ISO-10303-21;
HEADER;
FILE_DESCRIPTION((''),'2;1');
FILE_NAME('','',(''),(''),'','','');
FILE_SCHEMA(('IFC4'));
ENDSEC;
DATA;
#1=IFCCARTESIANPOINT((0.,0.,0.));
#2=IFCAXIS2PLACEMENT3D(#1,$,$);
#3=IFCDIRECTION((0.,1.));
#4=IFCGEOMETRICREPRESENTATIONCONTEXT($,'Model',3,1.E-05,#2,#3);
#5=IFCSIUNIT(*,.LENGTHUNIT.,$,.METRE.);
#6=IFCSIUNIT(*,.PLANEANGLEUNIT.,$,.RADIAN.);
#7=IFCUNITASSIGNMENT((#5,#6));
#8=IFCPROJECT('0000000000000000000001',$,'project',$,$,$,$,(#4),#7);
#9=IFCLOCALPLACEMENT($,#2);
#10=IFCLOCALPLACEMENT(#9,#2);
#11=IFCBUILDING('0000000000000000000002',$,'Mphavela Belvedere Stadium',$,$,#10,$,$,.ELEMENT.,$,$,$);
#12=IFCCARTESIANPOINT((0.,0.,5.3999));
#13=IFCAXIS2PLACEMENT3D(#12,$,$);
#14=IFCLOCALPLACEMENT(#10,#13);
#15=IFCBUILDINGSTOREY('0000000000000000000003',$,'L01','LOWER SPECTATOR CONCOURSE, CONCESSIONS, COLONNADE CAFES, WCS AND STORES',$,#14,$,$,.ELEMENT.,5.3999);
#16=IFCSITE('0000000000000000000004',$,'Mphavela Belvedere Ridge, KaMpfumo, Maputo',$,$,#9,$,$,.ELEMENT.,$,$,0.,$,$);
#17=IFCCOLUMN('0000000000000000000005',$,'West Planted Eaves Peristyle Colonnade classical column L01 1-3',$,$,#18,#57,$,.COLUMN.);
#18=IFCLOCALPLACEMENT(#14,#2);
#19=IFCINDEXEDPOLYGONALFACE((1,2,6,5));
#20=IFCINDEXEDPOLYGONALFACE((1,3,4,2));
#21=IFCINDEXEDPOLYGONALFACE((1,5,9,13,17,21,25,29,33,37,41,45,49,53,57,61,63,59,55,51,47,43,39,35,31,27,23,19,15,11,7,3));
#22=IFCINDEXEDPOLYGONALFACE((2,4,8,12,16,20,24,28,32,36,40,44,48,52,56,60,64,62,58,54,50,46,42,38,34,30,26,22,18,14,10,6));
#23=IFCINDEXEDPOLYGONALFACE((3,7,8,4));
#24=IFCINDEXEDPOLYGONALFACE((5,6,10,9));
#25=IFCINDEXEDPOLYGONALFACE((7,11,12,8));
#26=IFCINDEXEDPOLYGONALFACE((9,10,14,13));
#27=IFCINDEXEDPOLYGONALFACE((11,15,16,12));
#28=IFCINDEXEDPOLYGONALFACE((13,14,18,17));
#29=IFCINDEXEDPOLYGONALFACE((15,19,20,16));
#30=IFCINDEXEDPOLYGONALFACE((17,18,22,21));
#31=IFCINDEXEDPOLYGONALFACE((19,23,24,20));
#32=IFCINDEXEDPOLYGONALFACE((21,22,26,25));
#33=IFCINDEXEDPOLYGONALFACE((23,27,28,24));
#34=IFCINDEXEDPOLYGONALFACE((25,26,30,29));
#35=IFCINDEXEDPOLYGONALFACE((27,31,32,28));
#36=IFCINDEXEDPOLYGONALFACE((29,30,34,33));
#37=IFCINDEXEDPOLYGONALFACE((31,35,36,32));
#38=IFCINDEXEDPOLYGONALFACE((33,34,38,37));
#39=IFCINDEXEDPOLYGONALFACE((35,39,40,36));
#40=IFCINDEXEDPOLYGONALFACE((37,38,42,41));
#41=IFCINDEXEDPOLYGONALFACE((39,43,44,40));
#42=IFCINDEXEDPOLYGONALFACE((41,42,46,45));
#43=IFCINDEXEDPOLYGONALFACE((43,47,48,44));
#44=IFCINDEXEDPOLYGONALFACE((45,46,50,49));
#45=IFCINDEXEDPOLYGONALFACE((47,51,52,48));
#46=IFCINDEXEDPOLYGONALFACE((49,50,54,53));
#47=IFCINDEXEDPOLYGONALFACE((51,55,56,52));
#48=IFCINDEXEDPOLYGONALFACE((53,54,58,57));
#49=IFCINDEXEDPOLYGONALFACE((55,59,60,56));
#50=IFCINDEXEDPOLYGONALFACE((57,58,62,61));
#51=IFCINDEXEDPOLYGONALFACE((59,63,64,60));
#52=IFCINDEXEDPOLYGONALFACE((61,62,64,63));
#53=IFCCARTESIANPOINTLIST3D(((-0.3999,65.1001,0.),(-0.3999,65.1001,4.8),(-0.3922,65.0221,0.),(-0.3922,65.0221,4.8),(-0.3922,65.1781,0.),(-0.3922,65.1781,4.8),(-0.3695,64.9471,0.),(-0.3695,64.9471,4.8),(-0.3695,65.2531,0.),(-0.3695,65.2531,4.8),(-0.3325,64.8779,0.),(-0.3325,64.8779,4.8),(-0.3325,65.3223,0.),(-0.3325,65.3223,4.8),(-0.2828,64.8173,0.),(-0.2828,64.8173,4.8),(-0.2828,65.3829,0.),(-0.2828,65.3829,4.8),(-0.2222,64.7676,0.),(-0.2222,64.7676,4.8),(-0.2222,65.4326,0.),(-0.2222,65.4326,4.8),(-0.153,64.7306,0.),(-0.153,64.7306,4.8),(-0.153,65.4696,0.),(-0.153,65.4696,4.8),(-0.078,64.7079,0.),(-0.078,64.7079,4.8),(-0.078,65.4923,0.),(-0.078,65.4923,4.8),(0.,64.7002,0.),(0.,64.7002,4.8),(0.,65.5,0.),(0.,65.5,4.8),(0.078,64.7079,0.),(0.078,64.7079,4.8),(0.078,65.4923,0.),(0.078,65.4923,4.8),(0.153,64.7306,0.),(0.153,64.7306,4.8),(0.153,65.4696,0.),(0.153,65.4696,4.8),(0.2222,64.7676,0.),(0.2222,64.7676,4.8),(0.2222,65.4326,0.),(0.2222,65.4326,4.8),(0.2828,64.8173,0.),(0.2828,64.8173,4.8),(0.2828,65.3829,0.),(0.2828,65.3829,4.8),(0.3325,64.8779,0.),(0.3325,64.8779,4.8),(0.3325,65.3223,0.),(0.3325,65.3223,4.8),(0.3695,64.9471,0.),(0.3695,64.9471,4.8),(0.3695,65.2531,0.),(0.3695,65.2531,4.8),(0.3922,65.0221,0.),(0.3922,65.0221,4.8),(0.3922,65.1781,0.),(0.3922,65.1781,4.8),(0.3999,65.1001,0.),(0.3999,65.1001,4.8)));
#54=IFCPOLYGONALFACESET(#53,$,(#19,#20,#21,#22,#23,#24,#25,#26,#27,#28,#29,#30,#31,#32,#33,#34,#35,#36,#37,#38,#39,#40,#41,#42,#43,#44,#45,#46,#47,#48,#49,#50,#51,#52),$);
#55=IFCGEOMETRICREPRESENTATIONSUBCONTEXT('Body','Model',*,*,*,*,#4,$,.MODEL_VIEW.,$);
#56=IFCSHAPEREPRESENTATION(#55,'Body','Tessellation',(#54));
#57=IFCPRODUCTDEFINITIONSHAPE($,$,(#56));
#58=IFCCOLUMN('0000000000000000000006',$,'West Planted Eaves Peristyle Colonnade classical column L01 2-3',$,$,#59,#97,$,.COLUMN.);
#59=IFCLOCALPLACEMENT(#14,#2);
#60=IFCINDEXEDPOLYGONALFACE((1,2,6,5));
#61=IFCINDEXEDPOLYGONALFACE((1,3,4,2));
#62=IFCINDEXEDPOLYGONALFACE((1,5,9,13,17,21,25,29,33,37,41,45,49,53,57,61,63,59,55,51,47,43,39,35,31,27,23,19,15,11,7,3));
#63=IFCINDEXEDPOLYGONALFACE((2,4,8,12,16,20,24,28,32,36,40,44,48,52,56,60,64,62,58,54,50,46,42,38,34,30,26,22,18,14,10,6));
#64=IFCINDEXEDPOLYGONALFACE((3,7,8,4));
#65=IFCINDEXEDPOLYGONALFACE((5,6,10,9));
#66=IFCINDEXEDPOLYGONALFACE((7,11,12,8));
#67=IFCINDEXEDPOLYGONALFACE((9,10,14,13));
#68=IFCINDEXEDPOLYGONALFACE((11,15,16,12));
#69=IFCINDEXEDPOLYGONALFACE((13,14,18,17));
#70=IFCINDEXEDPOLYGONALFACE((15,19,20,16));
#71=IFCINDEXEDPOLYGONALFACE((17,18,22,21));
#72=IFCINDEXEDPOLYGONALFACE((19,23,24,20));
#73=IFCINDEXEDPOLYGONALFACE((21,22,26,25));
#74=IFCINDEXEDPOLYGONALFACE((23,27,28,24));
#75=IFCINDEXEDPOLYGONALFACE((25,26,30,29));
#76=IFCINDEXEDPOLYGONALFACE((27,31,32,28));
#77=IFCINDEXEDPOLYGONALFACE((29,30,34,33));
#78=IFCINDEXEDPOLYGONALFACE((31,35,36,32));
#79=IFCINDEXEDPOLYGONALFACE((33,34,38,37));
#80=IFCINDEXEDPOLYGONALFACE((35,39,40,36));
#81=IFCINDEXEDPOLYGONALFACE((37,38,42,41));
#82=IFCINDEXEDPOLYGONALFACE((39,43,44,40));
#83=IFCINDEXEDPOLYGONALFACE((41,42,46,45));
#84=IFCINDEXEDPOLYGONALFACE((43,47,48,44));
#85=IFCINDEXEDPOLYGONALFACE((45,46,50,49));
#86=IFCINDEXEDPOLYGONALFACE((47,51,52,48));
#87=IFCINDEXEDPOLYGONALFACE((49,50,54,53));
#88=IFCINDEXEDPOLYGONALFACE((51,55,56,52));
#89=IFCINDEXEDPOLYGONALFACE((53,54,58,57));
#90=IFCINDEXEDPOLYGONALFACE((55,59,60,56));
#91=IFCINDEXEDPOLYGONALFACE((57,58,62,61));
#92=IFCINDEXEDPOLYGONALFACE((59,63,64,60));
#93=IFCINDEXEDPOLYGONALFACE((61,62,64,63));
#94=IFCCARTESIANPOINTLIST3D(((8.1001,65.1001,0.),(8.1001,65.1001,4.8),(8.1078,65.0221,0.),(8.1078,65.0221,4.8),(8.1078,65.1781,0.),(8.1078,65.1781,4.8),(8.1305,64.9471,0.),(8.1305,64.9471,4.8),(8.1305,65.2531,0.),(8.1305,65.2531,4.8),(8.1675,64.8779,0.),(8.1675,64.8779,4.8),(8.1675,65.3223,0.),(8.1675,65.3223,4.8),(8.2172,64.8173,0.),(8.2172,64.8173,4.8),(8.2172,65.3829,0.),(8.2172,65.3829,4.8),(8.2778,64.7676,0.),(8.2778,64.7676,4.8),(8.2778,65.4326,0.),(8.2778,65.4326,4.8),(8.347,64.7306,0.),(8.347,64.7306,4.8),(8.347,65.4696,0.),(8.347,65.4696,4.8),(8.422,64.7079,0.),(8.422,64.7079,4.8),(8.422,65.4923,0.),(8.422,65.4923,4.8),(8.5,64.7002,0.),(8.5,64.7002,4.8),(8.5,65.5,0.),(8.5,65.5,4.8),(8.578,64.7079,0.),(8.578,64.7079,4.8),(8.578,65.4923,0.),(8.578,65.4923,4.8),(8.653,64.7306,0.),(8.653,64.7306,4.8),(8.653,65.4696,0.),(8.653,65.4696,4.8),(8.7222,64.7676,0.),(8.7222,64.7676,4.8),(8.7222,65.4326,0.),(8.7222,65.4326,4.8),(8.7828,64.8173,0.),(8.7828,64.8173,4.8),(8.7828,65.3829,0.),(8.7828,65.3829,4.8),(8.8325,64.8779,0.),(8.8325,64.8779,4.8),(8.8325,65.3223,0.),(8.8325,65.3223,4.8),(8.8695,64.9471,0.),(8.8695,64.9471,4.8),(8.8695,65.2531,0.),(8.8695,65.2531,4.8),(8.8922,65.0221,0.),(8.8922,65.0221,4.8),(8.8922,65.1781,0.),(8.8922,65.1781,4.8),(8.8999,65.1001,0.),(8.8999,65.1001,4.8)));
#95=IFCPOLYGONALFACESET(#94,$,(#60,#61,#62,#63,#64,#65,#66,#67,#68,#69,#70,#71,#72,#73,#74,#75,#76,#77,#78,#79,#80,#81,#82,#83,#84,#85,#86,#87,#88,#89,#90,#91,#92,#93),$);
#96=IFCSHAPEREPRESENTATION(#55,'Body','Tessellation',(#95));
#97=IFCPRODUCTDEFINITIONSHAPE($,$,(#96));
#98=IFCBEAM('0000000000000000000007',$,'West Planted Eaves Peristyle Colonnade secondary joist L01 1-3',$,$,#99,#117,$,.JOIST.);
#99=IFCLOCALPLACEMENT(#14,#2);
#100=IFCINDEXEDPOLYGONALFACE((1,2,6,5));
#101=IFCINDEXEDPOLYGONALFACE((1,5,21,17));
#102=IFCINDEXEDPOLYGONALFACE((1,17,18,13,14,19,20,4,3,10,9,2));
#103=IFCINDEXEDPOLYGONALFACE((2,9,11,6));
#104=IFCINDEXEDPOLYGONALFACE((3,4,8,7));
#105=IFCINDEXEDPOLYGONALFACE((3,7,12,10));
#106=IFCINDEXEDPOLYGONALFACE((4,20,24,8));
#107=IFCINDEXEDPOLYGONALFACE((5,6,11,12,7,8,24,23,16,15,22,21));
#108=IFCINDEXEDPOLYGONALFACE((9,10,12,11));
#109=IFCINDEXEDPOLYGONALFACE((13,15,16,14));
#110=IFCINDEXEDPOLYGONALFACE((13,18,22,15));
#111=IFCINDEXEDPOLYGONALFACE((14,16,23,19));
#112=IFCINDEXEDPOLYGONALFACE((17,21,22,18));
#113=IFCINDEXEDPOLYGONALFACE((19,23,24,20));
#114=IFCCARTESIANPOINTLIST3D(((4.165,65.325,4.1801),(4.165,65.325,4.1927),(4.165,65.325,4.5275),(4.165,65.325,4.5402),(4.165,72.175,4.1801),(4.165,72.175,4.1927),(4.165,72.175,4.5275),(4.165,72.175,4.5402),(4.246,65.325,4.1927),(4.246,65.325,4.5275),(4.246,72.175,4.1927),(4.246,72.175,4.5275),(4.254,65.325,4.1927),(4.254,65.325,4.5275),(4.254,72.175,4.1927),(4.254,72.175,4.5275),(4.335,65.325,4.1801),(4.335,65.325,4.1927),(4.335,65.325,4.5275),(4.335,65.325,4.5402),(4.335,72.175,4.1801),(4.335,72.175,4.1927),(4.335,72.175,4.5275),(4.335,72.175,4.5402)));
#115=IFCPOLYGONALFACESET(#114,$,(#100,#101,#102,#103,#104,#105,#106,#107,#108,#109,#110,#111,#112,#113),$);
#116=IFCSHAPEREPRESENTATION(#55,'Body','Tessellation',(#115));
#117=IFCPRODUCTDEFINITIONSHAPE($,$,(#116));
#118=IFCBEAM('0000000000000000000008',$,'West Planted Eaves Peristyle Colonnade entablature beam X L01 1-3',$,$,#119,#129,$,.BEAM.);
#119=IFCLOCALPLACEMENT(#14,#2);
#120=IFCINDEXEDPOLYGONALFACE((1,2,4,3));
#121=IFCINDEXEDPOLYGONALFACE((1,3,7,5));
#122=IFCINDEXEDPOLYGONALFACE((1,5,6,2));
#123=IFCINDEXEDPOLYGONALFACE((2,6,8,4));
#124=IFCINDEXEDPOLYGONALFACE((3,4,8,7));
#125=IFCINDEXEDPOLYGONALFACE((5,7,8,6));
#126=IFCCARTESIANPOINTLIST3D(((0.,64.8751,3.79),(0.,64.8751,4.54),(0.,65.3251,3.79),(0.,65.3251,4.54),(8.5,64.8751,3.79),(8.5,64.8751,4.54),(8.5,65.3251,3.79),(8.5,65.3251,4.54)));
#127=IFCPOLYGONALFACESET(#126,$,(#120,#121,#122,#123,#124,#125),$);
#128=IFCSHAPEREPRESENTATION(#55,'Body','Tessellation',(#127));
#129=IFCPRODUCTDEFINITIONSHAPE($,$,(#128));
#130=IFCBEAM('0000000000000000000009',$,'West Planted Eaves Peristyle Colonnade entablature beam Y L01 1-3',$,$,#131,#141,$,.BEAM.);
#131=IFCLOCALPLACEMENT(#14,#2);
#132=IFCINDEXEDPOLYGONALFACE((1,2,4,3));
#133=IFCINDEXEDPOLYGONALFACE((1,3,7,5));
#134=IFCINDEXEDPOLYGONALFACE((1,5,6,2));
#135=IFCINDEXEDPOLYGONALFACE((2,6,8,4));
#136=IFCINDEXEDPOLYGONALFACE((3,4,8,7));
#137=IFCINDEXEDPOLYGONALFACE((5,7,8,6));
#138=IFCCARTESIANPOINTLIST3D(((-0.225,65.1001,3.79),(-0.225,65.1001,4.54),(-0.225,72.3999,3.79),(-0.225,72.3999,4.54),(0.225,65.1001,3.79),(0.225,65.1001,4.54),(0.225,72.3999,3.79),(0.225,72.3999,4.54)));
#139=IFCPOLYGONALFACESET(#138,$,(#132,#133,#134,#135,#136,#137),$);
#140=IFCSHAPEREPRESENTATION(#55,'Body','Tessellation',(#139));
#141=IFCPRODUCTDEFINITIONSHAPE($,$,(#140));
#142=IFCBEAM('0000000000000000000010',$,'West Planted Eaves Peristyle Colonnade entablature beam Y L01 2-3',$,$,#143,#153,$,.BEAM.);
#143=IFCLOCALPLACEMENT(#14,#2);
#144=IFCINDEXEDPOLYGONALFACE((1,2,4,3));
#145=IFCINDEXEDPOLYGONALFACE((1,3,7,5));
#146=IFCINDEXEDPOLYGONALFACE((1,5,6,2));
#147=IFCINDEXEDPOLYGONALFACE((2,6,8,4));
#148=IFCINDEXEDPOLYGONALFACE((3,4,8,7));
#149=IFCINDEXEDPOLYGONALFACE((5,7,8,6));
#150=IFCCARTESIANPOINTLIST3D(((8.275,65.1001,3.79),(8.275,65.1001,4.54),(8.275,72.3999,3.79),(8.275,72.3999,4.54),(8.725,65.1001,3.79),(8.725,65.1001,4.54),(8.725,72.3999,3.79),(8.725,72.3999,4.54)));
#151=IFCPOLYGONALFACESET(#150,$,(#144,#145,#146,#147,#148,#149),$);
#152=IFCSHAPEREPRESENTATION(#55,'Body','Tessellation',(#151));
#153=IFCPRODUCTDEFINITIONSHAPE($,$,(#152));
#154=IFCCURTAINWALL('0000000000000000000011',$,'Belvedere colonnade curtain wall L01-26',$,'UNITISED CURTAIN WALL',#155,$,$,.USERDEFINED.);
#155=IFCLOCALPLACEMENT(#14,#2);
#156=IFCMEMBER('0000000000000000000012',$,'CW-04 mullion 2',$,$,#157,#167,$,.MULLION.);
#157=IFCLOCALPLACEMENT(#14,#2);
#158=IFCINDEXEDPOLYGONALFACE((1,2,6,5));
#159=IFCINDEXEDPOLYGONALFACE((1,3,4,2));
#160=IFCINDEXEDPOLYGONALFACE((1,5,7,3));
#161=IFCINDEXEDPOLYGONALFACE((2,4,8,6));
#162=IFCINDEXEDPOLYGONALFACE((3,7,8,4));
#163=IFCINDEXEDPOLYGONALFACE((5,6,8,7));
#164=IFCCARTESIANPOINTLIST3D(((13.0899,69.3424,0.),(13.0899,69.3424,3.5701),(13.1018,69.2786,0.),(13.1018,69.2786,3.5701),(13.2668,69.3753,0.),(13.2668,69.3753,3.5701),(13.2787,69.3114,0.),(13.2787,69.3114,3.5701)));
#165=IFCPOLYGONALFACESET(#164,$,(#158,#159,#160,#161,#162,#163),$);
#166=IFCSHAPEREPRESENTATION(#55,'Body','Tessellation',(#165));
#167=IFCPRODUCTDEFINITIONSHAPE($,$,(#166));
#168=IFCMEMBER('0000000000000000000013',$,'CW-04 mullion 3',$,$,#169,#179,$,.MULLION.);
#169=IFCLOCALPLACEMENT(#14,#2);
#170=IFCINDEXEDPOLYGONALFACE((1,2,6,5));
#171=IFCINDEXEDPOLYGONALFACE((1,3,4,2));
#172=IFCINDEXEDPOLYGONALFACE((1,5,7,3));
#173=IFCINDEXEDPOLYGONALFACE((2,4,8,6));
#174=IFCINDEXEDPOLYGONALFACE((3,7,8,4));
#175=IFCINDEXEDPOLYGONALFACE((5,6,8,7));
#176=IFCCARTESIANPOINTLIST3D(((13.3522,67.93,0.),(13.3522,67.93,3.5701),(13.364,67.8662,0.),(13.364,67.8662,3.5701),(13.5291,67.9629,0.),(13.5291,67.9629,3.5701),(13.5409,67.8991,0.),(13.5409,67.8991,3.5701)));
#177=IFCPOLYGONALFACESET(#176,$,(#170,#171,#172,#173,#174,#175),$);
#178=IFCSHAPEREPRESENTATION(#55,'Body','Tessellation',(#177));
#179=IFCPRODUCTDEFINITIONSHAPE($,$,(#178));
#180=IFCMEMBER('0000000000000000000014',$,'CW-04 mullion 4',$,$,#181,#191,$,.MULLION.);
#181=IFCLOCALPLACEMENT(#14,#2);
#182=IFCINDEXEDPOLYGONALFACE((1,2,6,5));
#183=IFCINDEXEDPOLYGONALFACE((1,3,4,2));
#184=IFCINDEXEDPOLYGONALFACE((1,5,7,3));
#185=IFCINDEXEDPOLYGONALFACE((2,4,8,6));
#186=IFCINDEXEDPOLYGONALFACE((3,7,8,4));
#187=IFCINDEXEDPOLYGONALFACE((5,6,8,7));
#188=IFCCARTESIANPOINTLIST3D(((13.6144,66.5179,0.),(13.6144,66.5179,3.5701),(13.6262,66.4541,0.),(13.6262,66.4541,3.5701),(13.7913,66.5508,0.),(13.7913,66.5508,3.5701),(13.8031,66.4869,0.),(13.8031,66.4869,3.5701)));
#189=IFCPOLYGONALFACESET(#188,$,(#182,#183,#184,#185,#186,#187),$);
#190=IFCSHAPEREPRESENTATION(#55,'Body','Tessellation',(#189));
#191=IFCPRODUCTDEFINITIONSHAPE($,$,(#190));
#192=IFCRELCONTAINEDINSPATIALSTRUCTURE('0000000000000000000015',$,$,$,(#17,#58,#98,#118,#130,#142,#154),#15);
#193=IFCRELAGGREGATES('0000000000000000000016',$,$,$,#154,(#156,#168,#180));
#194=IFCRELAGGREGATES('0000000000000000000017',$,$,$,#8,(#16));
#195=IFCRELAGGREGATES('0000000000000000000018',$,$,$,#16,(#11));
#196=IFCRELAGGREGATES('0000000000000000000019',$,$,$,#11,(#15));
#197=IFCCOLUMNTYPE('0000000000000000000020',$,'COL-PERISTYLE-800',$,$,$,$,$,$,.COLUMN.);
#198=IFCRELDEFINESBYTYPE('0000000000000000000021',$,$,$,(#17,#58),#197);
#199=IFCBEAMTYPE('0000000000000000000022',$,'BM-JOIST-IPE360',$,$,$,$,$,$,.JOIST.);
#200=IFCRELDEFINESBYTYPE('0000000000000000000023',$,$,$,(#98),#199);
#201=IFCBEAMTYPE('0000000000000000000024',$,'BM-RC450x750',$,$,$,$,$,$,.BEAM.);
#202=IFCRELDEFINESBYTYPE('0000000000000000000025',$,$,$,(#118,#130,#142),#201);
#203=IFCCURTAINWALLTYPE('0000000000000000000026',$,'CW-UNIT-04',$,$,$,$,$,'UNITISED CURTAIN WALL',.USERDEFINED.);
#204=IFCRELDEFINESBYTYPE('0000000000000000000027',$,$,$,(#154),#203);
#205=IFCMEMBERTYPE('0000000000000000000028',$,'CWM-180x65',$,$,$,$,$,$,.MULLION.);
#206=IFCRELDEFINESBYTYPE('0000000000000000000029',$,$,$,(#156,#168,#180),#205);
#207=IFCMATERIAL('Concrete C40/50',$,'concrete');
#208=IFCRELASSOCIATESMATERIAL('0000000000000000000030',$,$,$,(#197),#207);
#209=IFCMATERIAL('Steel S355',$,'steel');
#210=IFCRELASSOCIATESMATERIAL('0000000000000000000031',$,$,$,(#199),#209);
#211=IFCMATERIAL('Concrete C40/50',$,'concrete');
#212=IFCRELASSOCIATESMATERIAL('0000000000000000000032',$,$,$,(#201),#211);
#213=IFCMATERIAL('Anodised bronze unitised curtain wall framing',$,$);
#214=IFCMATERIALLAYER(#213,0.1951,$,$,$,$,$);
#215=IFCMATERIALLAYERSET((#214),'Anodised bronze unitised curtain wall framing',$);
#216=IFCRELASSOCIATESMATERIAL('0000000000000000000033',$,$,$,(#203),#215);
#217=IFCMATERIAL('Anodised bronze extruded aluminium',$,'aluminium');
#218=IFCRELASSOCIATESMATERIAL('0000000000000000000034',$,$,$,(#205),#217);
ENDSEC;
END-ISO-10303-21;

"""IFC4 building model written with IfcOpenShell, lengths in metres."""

from ifc_helpers import new_model, si_unit, direction, frame, origin, origin_2d, place, context, subcontext, project, spatial, rectangle, circle, i_section, extrude, material, layer, layer_set, material_profile, profile_set, type_object, element, aggregate, save


model = new_model("IFC4")

# Units and contexts
model_context = context("Model", 3, precision=1e-05, world=origin(), true_north=direction((0.0, 1.0)))
body_context = subcontext(model_context, "Body", "Model", "MODEL_VIEW")
ifc_project = project(units=[si_unit("LENGTHUNIT", "METRE"), si_unit("PLANEANGLEUNIT", "RADIAN")], contexts=[model_context])

# Site, building, storey
site_placement = place(None, origin())
site = spatial("IfcSite", under=ifc_project, at=site_placement, Name="Mphavela Belvedere Ridge, KaMpfumo, Maputo", CompositionType="ELEMENT", RefElevation=0.0)
building_placement = place(site_placement, origin())
building = spatial("IfcBuilding", under=site, at=building_placement, Name="Mphavela Belvedere Stadium", CompositionType="ELEMENT")
storey_placement = place(building_placement, frame((0.0, 0.0, 5.3999)))
storey = spatial("IfcBuildingStorey", under=building, at=storey_placement, Name="L01", Description="LOWER SPECTATOR CONCOURSE, CONCESSIONS, COLONNADE CAFES, WCS AND STORES", CompositionType="ELEMENT", Elevation=5.3999)

# Columns
ifc_material_1 = material(Name="Concrete C40/50", Category="concrete")
ifc_material_profile_1 = material_profile(ifc_material_1, circle(Radius=0.3999, at=origin_2d()), Name="COL D800")
ifc_profile_set_1 = profile_set([ifc_material_profile_1], Name="Concrete C40/50")
column_type = type_object("IfcColumnType", Name="COL-PERISTYLE-800", PredefinedType="COLUMN", material=ifc_profile_set_1)
for number, where, z_axis, x_axis, name in (
    (1, (0.0, 65.1001, 0.0), (0.0, 0.0, 1.0), (1.0, 0.0, 0.0), "West Planted Eaves Peristyle Colonnade classical column L01 1-3"),
    (2, (8.5, 65.1001, 0.0), (0.0, 0.0, 1.0), (1.0, 0.0, 0.0), "West Planted Eaves Peristyle Colonnade classical column L01 2-3"),
):
    element("IfcColumn", number, at=place(storey_placement, frame(where, z_axis=z_axis, x_axis=x_axis)), inside=storey, type_object=column_type, Name=name, PredefinedType="COLUMN", context=body_context, shape_type="SweptSolid", body=[
        extrude(circle(Radius=0.3999, at=origin_2d()), origin(), (0.0, 0.0, 1.0), 4.8),
    ])

# Beams
ifc_material_2 = material(Name="Steel S355", Category="steel")
ifc_material_profile_2 = material_profile(ifc_material_2, i_section(OverallWidth=0.1699, OverallDepth=0.3601, WebThickness=0.0081, FlangeThickness=0.0127, at=origin_2d()), Name="IPE 360")
ifc_profile_set_2 = profile_set([ifc_material_profile_2], Name="Steel S355")
beam_type_1 = type_object("IfcBeamType", Name="BM-JOIST-IPE360", PredefinedType="JOIST", material=ifc_profile_set_2)
beam_1_placement = place(storey_placement, frame((4.25, 65.325, 4.3601), z_axis=(0.0, 1.0, 0.0), x_axis=(-1.0, 0.0, 0.0)))
element("IfcBeam", 3, at=beam_1_placement, inside=storey, type_object=beam_type_1, Name="West Planted Eaves Peristyle Colonnade secondary joist L01 1-3", PredefinedType="JOIST", context=body_context, shape_type="SweptSolid", body=[
    extrude(i_section(OverallWidth=0.1699, OverallDepth=0.3601, WebThickness=0.0081, FlangeThickness=0.0127, at=origin_2d()), origin(), (0.0, 0.0, 1.0), 6.8501),
])
ifc_material_3 = material(Name="Concrete C40/50", Category="concrete")
ifc_material_profile_3 = material_profile(ifc_material_3, rectangle(XDim=0.45, YDim=0.75, at=origin_2d()), Name="RC 450x750")
ifc_profile_set_3 = profile_set([ifc_material_profile_3], Name="Concrete C40/50")
beam_type_2 = type_object("IfcBeamType", Name="BM-RC450x750", PredefinedType="BEAM", material=ifc_profile_set_3)
beam_2_placement = place(storey_placement, frame((0.0, 65.1001, 4.165), z_axis=(1.0, 0.0, 0.0), x_axis=(0.0, 1.0, 0.0)))
element("IfcBeam", 4, at=beam_2_placement, inside=storey, type_object=beam_type_2, Name="West Planted Eaves Peristyle Colonnade entablature beam X L01 1-3", PredefinedType="BEAM", context=body_context, shape_type="SweptSolid", body=[
    extrude(rectangle(XDim=0.45, YDim=0.75, at=origin_2d()), origin(), (0.0, 0.0, 1.0), 8.5),
])
for number, where, z_axis, x_axis, name in (
    (5, (0.0, 65.1001, 4.165), (0.0, 1.0, 0.0), (-1.0, 0.0, 0.0), "West Planted Eaves Peristyle Colonnade entablature beam Y L01 1-3"),
    (6, (8.5, 65.1001, 4.165), (0.0, 1.0, 0.0), (-1.0, 0.0, 0.0), "West Planted Eaves Peristyle Colonnade entablature beam Y L01 2-3"),
):
    element("IfcBeam", number, at=place(storey_placement, frame(where, z_axis=z_axis, x_axis=x_axis)), inside=storey, type_object=beam_type_2, Name=name, PredefinedType="BEAM", context=body_context, shape_type="SweptSolid", body=[
        extrude(rectangle(XDim=0.45, YDim=0.75, at=origin_2d()), origin(), (0.0, 0.0, 1.0), 7.2998),
    ])

# Curtain wall, members
ifc_material_4 = material(Name="Anodised bronze unitised curtain wall framing")
ifc_layer_1 = layer(ifc_material_4, 0.1951)
ifc_layer_set_1 = layer_set([ifc_layer_1], Name="Anodised bronze unitised curtain wall framing")
curtain_wall_type = type_object("IfcCurtainWallType", Name="CW-UNIT-04", ElementType="UNITISED CURTAIN WALL", PredefinedType="USERDEFINED", material=ifc_layer_set_1)
curtain_wall_placement = place(storey_placement, origin())
curtain_wall = element("IfcCurtainWall", 7, at=curtain_wall_placement, inside=storey, type_object=curtain_wall_type, Name="Belvedere colonnade curtain wall L01-26", ObjectType="UNITISED CURTAIN WALL", PredefinedType="USERDEFINED")
ifc_material_5 = material(Name="Anodised bronze extruded aluminium", Category="aluminium")
ifc_material_profile_4 = material_profile(ifc_material_5, rectangle(XDim=0.1799, YDim=0.0649, at=origin_2d()), Name="CW-MUL 180x65")
ifc_profile_set_4 = profile_set([ifc_material_profile_4], Name="Anodised bronze extruded aluminium")
member_type_1 = type_object("IfcMemberType", Name="CWM-180x65", PredefinedType="MULLION", material=ifc_profile_set_4)
member_1_placement = place(storey_placement, frame((13.1843, 69.3269, 0.0), z_axis=(0.0, 0.0, 1.0), x_axis=(0.983184, 0.18262, 0.0)))
member_1 = element("IfcMember", 8, at=member_1_placement, type_object=member_type_1, Name="CW-04 mullion 2", PredefinedType="MULLION", context=body_context, shape_type="SweptSolid", body=[
    extrude(rectangle(XDim=0.1799, YDim=0.0649, at=origin_2d()), origin(), (0.0, 0.0, 1.0), 3.5701),
])
member_2_placement = place(storey_placement, frame((13.4465, 67.9146, 0.0), z_axis=(0.0, 0.0, 1.0), x_axis=(0.983184, 0.18262, 0.0)))
member_2 = element("IfcMember", 9, at=member_2_placement, type_object=member_type_1, Name="CW-04 mullion 3", PredefinedType="MULLION", context=body_context, shape_type="SweptSolid", body=[
    extrude(rectangle(XDim=0.1799, YDim=0.0649, at=origin_2d()), origin(), (0.0, 0.0, 1.0), 3.5701),
])
member_3_placement = place(storey_placement, frame((13.7087, 66.5024, 0.0), z_axis=(0.0, 0.0, 1.0), x_axis=(0.983184, 0.18262, 0.0)))
member_3 = element("IfcMember", 10, at=member_3_placement, type_object=member_type_1, Name="CW-04 mullion 4", PredefinedType="MULLION", context=body_context, shape_type="SweptSolid", body=[
    extrude(rectangle(XDim=0.1799, YDim=0.0649, at=origin_2d()), origin(), (0.0, 0.0, 1.0), 3.5701),
])
aggregate(curtain_wall, [member_1, member_2, member_3])

save(model, "model.ifc")
